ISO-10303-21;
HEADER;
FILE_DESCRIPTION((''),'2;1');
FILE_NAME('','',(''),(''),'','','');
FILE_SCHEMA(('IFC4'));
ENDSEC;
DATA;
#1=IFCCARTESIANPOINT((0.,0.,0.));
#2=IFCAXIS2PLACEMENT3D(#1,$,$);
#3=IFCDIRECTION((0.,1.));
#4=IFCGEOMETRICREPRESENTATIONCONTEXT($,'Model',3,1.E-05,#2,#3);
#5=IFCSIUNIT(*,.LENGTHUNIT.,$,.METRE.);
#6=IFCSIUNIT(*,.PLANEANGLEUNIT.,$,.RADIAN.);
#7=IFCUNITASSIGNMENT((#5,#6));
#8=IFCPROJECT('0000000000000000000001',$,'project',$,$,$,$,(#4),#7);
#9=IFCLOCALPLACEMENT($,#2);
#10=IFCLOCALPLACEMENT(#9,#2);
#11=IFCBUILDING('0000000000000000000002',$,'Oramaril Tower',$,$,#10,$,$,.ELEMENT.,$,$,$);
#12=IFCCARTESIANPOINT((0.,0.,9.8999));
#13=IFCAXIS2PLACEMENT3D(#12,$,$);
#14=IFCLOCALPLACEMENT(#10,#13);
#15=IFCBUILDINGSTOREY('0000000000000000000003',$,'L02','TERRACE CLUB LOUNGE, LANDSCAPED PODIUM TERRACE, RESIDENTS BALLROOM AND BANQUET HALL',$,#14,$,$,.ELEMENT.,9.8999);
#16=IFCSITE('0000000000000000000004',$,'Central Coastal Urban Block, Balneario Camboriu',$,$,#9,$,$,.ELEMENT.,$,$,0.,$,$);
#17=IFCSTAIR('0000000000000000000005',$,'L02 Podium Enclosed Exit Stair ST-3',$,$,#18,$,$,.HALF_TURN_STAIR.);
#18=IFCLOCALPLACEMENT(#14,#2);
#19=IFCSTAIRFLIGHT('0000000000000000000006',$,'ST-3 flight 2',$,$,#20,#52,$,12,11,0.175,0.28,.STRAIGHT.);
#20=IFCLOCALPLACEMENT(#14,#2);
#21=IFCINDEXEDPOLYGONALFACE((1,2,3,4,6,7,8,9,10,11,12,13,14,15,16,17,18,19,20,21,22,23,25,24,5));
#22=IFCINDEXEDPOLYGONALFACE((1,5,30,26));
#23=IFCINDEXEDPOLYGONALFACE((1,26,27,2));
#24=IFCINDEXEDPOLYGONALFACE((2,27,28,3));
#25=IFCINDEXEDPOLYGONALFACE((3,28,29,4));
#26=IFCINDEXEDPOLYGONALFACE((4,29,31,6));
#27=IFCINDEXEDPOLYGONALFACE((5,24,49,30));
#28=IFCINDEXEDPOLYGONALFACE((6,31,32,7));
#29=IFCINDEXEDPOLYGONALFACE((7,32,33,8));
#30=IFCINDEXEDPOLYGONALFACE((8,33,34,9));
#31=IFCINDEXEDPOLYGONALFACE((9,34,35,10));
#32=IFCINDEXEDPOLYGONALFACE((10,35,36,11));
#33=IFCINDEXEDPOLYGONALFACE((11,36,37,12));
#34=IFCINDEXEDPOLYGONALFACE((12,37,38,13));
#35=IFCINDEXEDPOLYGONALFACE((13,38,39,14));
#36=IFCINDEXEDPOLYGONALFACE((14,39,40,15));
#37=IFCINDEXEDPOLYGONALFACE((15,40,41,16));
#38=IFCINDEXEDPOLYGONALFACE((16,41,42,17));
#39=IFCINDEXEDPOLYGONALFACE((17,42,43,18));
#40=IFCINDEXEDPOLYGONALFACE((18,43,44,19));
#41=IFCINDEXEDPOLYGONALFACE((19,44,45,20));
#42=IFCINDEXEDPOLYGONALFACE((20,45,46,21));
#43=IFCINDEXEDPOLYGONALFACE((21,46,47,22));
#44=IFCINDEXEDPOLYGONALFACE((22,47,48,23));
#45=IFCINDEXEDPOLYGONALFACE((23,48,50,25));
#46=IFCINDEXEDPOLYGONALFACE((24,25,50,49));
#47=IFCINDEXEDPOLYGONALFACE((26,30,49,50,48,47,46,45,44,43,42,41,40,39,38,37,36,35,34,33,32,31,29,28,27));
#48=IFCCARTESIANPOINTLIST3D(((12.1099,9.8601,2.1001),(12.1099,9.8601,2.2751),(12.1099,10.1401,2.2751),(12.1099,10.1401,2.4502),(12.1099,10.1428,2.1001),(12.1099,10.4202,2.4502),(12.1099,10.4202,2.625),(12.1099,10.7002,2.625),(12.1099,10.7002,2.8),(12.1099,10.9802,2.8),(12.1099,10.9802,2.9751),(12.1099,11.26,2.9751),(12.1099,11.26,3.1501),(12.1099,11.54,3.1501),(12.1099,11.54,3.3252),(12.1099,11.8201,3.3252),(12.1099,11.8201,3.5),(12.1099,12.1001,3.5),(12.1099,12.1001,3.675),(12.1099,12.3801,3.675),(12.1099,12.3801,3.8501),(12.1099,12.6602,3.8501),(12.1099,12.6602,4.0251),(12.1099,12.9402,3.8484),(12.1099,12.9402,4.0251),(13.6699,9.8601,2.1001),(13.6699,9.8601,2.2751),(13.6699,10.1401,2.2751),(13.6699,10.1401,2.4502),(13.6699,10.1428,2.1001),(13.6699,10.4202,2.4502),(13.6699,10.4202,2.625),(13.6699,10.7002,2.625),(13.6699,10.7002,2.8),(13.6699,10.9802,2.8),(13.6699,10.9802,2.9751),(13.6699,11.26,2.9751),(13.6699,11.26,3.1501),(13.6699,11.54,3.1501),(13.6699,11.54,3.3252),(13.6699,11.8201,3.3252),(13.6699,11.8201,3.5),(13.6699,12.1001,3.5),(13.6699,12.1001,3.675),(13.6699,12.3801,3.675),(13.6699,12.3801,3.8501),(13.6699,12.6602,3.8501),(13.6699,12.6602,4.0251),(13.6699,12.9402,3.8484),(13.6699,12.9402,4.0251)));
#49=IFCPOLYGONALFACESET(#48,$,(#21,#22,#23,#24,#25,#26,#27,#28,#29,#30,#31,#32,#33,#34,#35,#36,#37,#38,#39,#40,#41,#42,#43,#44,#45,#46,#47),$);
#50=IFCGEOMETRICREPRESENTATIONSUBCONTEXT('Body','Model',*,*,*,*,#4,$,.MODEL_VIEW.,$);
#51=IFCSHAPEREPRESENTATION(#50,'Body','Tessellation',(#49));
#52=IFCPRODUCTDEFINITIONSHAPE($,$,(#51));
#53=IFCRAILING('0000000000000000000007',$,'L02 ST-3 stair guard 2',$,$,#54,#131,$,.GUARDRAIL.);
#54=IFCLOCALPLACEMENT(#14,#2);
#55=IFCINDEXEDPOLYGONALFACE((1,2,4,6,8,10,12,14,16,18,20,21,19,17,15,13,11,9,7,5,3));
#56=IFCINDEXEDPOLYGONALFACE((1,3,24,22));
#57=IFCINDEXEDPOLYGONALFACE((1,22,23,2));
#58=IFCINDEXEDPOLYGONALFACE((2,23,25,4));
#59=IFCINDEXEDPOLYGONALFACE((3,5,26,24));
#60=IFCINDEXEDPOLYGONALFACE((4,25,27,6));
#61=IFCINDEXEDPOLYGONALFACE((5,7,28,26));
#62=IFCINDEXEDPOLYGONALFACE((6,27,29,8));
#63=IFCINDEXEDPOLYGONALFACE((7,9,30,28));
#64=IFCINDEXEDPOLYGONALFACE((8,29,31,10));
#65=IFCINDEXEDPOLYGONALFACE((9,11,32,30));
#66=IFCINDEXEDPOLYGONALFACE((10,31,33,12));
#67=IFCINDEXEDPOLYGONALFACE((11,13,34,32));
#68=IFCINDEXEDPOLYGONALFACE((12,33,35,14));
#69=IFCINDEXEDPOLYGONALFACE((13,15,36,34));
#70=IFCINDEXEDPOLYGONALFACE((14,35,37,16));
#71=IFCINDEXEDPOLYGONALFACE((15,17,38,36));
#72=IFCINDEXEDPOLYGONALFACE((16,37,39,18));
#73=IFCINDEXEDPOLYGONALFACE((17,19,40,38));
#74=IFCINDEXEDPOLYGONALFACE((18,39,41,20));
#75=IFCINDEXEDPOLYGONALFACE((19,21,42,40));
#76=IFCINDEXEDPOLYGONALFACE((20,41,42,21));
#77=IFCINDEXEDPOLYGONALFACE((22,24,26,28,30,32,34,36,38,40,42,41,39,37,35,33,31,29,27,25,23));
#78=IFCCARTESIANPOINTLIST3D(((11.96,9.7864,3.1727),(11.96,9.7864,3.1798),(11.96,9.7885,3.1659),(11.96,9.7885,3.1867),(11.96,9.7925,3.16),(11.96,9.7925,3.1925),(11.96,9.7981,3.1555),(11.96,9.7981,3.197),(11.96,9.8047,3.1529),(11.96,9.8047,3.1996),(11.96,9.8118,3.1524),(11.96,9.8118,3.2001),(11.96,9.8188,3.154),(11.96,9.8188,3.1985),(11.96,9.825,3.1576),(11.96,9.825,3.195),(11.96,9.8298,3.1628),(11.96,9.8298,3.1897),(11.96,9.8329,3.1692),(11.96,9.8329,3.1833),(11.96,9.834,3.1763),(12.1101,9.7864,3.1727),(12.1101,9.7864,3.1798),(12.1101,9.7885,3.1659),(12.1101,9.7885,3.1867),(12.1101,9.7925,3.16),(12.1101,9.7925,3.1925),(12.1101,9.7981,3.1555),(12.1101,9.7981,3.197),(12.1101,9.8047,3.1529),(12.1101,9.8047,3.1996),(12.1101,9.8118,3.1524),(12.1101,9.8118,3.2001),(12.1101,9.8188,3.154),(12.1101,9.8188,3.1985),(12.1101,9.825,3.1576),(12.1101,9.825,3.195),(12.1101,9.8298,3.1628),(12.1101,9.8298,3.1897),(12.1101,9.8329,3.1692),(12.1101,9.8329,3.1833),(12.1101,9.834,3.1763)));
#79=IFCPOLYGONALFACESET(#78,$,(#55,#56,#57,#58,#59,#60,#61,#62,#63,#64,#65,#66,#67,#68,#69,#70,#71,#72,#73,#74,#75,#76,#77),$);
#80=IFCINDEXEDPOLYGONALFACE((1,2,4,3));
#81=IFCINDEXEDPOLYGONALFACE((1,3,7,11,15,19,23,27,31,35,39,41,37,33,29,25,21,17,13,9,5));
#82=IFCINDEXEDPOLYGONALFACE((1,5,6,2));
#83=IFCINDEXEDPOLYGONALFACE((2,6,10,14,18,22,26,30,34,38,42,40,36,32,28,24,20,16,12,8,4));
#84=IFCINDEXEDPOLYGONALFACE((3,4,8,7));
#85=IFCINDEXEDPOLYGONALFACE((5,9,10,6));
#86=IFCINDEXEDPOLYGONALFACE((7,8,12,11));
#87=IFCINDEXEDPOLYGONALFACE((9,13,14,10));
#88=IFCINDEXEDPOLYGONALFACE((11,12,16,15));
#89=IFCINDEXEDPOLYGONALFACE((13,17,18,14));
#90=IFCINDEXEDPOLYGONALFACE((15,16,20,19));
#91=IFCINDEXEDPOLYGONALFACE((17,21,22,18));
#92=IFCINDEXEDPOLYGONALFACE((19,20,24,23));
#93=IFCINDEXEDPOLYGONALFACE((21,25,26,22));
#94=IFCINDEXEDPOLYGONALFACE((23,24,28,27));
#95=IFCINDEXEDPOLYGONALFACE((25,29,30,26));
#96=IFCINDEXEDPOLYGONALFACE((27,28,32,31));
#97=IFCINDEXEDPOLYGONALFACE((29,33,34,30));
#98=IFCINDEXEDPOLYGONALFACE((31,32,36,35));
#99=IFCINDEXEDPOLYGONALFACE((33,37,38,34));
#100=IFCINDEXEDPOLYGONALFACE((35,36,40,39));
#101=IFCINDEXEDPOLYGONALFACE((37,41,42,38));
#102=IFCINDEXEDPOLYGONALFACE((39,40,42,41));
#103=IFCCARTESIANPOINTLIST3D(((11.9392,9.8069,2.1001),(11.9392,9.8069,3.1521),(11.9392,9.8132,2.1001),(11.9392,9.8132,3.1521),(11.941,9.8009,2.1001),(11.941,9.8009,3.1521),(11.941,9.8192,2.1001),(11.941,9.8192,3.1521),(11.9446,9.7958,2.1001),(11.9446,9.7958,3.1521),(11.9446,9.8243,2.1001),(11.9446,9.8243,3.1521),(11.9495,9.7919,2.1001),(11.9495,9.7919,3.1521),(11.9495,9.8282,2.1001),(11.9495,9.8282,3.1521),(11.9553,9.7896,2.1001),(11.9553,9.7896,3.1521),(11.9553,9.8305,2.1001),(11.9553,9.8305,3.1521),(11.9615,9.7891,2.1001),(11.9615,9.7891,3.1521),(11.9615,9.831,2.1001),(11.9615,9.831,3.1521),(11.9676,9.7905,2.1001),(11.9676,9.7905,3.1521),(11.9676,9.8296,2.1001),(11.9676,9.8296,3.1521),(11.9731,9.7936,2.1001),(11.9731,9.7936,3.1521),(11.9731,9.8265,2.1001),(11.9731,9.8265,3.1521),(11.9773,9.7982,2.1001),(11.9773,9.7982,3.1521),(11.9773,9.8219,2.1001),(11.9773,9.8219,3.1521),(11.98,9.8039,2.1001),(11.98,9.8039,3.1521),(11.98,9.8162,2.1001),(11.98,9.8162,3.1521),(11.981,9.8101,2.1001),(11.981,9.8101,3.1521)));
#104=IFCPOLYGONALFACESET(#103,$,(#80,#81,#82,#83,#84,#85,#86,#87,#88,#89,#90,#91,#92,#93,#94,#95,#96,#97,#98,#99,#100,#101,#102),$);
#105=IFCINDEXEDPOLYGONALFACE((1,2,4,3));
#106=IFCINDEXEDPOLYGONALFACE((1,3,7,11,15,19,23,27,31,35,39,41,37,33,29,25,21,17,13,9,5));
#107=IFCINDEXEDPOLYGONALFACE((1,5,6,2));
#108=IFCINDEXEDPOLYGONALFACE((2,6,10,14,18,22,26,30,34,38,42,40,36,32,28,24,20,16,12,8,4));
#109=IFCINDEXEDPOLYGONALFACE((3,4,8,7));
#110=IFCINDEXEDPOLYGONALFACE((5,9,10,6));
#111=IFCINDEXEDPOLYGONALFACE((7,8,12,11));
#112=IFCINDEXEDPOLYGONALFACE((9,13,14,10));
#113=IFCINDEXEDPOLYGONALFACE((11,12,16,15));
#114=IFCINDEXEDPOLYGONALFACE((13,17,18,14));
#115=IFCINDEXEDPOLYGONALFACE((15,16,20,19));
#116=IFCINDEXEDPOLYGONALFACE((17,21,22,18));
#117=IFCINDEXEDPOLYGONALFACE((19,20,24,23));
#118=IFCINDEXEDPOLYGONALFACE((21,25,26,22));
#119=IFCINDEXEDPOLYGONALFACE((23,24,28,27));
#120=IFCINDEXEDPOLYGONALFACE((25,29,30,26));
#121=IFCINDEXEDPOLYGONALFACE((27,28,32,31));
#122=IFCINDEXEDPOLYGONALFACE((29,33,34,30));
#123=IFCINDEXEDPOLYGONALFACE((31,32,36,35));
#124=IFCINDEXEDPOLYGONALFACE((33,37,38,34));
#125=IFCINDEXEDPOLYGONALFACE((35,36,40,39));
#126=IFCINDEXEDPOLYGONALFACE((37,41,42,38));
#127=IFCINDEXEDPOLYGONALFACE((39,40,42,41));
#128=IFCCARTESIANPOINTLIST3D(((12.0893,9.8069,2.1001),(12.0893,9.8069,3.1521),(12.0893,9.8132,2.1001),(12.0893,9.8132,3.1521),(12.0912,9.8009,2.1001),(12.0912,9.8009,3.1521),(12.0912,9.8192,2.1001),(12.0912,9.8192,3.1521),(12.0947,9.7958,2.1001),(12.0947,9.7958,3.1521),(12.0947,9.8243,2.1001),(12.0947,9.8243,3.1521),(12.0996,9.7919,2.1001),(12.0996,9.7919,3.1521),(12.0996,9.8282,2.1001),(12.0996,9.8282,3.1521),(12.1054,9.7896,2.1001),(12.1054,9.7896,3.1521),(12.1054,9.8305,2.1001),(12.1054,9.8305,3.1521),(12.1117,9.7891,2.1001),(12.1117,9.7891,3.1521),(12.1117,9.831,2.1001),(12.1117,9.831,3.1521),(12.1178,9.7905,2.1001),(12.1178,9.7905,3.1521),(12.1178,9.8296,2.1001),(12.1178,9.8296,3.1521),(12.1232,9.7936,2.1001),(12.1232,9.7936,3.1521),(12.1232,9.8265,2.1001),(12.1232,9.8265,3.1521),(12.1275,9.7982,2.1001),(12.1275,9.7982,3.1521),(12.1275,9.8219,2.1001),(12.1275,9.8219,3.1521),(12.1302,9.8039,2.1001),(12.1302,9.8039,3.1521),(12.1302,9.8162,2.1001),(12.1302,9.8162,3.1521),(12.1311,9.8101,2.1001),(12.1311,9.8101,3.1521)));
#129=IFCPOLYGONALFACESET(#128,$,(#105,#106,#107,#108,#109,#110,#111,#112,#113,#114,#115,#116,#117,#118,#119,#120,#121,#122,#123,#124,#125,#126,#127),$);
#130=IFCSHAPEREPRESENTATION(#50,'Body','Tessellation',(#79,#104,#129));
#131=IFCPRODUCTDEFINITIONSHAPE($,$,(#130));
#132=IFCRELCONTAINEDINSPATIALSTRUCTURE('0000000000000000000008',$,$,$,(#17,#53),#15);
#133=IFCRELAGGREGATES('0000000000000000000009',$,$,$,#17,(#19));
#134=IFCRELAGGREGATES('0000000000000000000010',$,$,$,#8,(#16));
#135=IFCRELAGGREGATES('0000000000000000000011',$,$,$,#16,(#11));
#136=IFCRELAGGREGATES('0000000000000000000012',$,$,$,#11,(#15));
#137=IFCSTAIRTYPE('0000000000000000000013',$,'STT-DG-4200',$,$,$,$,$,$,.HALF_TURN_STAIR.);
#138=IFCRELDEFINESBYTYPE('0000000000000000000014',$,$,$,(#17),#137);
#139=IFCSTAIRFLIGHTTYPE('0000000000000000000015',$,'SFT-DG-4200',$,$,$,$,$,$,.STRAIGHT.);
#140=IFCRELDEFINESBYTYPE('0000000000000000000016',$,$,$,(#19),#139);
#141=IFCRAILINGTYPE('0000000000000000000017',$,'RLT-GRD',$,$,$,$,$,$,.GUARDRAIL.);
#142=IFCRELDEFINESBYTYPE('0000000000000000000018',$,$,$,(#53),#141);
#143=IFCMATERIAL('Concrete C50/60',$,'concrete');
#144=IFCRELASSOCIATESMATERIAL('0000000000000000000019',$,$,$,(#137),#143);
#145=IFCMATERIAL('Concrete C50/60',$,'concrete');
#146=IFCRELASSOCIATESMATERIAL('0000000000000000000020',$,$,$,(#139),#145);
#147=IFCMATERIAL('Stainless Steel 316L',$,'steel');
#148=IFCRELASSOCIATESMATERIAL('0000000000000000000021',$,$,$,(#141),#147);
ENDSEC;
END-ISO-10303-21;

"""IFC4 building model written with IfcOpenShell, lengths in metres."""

from ifc_helpers import new_model, si_unit, direction, frame, origin, origin_2d, place, context, subcontext, project, spatial, polyline, circle, outline, extrude, material, type_object, element, aggregate, save


model = new_model("IFC4")

# Units and contexts
model_context = context("Model", 3, precision=1e-05, world=origin(), true_north=direction((0.0, 1.0)))
body_context = subcontext(model_context, "Body", "Model", "MODEL_VIEW")
ifc_project = project(units=[si_unit("LENGTHUNIT", "METRE"), si_unit("PLANEANGLEUNIT", "RADIAN")], contexts=[model_context])

# Site, building, storey
site_placement = place(None, origin())
site = spatial("IfcSite", under=ifc_project, at=site_placement, Name="Central Coastal Urban Block, Balneario Camboriu", CompositionType="ELEMENT", RefElevation=0.0)
building_placement = place(site_placement, origin())
building = spatial("IfcBuilding", under=site, at=building_placement, Name="Oramaril Tower", CompositionType="ELEMENT")
storey_placement = place(building_placement, frame((0.0, 0.0, 9.8999)))
storey = spatial("IfcBuildingStorey", under=building, at=storey_placement, Name="L02", Description="TERRACE CLUB LOUNGE, LANDSCAPED PODIUM TERRACE, RESIDENTS BALLROOM AND BANQUET HALL", CompositionType="ELEMENT", Elevation=9.8999)

# Stair, stair flight
ifc_material_1 = material(Name="Concrete C50/60", Category="concrete")
stair_type = type_object("IfcStairType", Name="STT-DG-4200", PredefinedType="HALF_TURN_STAIR", material=ifc_material_1)
stair_placement = place(storey_placement, origin())
stair = element("IfcStair", 1, at=stair_placement, inside=storey, type_object=stair_type, Name="L02 Podium Enclosed Exit Stair ST-3", PredefinedType="HALF_TURN_STAIR")
ifc_material_2 = material(Name="Concrete C50/60", Category="concrete")
stair_flight_type = type_object("IfcStairFlightType", Name="SFT-DG-4200", PredefinedType="STRAIGHT", material=ifc_material_2)
stair_flight_placement = place(storey_placement, frame((12.8899, 9.8601, 2.1001), z_axis=(0.0, 0.0, 1.0), x_axis=(0.0, 1.0, 0.0)))
stair_flight = element("IfcStairFlight", 2, at=stair_flight_placement, type_object=stair_flight_type, Name="ST-3 flight 2", NumberOfRisers=12, NumberOfTreads=11, PredefinedType="STRAIGHT", RiserHeight=0.175, TreadLength=0.28, context=body_context, shape_type="SweptSolid", body=[
    extrude(outline(polyline([(0.0, 0.0), (0.0, 0.175), (0.28, 0.175), (0.28, 0.3501), (0.5601, 0.3501), (0.5601, 0.5249), (0.8401, 0.5249), (0.8401, 0.7), (1.1201, 0.7), (1.1201, 0.875), (1.3999, 0.875), (1.3999, 1.05), (1.6799, 1.05), (1.6799, 1.2251), (1.96, 1.2251), (1.96, 1.3999), (2.24, 1.3999), (2.24, 1.575), (2.52, 1.575), (2.52, 1.75), (2.8, 1.75), (2.8, 1.925), (3.0801, 1.925), (3.0801, 2.1001), (3.0801, 1.7483), (0.2827, 0.0), (0.0, 0.0)])), frame((0.0, 0.78, 0.0), z_axis=(0.0, -1.0, 0.0), x_axis=(1.0, 0.0, 0.0)), (0.0, 0.0, 1.0), 1.5601),
])
aggregate(stair, [stair_flight])

# Railing
ifc_material_3 = material(Name="Stainless Steel 316L", Category="steel")
railing_type_1 = type_object("IfcRailingType", Name="RLT-GRD", PredefinedType="GUARDRAIL", material=ifc_material_3)
railing_1_placement = place(storey_placement, frame((11.96, 9.8101, 2.1001)))
element("IfcRailing", 3, at=railing_1_placement, inside=storey, type_object=railing_type_1, Name="L02 ST-3 stair guard 2", PredefinedType="GUARDRAIL", context=body_context, shape_type="SweptSolid", body=[
    extrude(circle(Radius=0.0239, at=origin_2d()), frame((0.0, 0.0, 1.0762), z_axis=(1.0, 0.0, 0.0), x_axis=(0.0, 1.0, 0.0)), (0.0, 0.0, 1.0), 0.1501),
    extrude(circle(Radius=0.021, at=origin_2d()), origin(), (0.0, 0.0, 1.0), 1.052),
    extrude(circle(Radius=0.021, at=origin_2d()), frame((0.1501, 0.0, 0.0)), (0.0, 0.0, 1.0), 1.052),
])

save(model, "model.ifc")
